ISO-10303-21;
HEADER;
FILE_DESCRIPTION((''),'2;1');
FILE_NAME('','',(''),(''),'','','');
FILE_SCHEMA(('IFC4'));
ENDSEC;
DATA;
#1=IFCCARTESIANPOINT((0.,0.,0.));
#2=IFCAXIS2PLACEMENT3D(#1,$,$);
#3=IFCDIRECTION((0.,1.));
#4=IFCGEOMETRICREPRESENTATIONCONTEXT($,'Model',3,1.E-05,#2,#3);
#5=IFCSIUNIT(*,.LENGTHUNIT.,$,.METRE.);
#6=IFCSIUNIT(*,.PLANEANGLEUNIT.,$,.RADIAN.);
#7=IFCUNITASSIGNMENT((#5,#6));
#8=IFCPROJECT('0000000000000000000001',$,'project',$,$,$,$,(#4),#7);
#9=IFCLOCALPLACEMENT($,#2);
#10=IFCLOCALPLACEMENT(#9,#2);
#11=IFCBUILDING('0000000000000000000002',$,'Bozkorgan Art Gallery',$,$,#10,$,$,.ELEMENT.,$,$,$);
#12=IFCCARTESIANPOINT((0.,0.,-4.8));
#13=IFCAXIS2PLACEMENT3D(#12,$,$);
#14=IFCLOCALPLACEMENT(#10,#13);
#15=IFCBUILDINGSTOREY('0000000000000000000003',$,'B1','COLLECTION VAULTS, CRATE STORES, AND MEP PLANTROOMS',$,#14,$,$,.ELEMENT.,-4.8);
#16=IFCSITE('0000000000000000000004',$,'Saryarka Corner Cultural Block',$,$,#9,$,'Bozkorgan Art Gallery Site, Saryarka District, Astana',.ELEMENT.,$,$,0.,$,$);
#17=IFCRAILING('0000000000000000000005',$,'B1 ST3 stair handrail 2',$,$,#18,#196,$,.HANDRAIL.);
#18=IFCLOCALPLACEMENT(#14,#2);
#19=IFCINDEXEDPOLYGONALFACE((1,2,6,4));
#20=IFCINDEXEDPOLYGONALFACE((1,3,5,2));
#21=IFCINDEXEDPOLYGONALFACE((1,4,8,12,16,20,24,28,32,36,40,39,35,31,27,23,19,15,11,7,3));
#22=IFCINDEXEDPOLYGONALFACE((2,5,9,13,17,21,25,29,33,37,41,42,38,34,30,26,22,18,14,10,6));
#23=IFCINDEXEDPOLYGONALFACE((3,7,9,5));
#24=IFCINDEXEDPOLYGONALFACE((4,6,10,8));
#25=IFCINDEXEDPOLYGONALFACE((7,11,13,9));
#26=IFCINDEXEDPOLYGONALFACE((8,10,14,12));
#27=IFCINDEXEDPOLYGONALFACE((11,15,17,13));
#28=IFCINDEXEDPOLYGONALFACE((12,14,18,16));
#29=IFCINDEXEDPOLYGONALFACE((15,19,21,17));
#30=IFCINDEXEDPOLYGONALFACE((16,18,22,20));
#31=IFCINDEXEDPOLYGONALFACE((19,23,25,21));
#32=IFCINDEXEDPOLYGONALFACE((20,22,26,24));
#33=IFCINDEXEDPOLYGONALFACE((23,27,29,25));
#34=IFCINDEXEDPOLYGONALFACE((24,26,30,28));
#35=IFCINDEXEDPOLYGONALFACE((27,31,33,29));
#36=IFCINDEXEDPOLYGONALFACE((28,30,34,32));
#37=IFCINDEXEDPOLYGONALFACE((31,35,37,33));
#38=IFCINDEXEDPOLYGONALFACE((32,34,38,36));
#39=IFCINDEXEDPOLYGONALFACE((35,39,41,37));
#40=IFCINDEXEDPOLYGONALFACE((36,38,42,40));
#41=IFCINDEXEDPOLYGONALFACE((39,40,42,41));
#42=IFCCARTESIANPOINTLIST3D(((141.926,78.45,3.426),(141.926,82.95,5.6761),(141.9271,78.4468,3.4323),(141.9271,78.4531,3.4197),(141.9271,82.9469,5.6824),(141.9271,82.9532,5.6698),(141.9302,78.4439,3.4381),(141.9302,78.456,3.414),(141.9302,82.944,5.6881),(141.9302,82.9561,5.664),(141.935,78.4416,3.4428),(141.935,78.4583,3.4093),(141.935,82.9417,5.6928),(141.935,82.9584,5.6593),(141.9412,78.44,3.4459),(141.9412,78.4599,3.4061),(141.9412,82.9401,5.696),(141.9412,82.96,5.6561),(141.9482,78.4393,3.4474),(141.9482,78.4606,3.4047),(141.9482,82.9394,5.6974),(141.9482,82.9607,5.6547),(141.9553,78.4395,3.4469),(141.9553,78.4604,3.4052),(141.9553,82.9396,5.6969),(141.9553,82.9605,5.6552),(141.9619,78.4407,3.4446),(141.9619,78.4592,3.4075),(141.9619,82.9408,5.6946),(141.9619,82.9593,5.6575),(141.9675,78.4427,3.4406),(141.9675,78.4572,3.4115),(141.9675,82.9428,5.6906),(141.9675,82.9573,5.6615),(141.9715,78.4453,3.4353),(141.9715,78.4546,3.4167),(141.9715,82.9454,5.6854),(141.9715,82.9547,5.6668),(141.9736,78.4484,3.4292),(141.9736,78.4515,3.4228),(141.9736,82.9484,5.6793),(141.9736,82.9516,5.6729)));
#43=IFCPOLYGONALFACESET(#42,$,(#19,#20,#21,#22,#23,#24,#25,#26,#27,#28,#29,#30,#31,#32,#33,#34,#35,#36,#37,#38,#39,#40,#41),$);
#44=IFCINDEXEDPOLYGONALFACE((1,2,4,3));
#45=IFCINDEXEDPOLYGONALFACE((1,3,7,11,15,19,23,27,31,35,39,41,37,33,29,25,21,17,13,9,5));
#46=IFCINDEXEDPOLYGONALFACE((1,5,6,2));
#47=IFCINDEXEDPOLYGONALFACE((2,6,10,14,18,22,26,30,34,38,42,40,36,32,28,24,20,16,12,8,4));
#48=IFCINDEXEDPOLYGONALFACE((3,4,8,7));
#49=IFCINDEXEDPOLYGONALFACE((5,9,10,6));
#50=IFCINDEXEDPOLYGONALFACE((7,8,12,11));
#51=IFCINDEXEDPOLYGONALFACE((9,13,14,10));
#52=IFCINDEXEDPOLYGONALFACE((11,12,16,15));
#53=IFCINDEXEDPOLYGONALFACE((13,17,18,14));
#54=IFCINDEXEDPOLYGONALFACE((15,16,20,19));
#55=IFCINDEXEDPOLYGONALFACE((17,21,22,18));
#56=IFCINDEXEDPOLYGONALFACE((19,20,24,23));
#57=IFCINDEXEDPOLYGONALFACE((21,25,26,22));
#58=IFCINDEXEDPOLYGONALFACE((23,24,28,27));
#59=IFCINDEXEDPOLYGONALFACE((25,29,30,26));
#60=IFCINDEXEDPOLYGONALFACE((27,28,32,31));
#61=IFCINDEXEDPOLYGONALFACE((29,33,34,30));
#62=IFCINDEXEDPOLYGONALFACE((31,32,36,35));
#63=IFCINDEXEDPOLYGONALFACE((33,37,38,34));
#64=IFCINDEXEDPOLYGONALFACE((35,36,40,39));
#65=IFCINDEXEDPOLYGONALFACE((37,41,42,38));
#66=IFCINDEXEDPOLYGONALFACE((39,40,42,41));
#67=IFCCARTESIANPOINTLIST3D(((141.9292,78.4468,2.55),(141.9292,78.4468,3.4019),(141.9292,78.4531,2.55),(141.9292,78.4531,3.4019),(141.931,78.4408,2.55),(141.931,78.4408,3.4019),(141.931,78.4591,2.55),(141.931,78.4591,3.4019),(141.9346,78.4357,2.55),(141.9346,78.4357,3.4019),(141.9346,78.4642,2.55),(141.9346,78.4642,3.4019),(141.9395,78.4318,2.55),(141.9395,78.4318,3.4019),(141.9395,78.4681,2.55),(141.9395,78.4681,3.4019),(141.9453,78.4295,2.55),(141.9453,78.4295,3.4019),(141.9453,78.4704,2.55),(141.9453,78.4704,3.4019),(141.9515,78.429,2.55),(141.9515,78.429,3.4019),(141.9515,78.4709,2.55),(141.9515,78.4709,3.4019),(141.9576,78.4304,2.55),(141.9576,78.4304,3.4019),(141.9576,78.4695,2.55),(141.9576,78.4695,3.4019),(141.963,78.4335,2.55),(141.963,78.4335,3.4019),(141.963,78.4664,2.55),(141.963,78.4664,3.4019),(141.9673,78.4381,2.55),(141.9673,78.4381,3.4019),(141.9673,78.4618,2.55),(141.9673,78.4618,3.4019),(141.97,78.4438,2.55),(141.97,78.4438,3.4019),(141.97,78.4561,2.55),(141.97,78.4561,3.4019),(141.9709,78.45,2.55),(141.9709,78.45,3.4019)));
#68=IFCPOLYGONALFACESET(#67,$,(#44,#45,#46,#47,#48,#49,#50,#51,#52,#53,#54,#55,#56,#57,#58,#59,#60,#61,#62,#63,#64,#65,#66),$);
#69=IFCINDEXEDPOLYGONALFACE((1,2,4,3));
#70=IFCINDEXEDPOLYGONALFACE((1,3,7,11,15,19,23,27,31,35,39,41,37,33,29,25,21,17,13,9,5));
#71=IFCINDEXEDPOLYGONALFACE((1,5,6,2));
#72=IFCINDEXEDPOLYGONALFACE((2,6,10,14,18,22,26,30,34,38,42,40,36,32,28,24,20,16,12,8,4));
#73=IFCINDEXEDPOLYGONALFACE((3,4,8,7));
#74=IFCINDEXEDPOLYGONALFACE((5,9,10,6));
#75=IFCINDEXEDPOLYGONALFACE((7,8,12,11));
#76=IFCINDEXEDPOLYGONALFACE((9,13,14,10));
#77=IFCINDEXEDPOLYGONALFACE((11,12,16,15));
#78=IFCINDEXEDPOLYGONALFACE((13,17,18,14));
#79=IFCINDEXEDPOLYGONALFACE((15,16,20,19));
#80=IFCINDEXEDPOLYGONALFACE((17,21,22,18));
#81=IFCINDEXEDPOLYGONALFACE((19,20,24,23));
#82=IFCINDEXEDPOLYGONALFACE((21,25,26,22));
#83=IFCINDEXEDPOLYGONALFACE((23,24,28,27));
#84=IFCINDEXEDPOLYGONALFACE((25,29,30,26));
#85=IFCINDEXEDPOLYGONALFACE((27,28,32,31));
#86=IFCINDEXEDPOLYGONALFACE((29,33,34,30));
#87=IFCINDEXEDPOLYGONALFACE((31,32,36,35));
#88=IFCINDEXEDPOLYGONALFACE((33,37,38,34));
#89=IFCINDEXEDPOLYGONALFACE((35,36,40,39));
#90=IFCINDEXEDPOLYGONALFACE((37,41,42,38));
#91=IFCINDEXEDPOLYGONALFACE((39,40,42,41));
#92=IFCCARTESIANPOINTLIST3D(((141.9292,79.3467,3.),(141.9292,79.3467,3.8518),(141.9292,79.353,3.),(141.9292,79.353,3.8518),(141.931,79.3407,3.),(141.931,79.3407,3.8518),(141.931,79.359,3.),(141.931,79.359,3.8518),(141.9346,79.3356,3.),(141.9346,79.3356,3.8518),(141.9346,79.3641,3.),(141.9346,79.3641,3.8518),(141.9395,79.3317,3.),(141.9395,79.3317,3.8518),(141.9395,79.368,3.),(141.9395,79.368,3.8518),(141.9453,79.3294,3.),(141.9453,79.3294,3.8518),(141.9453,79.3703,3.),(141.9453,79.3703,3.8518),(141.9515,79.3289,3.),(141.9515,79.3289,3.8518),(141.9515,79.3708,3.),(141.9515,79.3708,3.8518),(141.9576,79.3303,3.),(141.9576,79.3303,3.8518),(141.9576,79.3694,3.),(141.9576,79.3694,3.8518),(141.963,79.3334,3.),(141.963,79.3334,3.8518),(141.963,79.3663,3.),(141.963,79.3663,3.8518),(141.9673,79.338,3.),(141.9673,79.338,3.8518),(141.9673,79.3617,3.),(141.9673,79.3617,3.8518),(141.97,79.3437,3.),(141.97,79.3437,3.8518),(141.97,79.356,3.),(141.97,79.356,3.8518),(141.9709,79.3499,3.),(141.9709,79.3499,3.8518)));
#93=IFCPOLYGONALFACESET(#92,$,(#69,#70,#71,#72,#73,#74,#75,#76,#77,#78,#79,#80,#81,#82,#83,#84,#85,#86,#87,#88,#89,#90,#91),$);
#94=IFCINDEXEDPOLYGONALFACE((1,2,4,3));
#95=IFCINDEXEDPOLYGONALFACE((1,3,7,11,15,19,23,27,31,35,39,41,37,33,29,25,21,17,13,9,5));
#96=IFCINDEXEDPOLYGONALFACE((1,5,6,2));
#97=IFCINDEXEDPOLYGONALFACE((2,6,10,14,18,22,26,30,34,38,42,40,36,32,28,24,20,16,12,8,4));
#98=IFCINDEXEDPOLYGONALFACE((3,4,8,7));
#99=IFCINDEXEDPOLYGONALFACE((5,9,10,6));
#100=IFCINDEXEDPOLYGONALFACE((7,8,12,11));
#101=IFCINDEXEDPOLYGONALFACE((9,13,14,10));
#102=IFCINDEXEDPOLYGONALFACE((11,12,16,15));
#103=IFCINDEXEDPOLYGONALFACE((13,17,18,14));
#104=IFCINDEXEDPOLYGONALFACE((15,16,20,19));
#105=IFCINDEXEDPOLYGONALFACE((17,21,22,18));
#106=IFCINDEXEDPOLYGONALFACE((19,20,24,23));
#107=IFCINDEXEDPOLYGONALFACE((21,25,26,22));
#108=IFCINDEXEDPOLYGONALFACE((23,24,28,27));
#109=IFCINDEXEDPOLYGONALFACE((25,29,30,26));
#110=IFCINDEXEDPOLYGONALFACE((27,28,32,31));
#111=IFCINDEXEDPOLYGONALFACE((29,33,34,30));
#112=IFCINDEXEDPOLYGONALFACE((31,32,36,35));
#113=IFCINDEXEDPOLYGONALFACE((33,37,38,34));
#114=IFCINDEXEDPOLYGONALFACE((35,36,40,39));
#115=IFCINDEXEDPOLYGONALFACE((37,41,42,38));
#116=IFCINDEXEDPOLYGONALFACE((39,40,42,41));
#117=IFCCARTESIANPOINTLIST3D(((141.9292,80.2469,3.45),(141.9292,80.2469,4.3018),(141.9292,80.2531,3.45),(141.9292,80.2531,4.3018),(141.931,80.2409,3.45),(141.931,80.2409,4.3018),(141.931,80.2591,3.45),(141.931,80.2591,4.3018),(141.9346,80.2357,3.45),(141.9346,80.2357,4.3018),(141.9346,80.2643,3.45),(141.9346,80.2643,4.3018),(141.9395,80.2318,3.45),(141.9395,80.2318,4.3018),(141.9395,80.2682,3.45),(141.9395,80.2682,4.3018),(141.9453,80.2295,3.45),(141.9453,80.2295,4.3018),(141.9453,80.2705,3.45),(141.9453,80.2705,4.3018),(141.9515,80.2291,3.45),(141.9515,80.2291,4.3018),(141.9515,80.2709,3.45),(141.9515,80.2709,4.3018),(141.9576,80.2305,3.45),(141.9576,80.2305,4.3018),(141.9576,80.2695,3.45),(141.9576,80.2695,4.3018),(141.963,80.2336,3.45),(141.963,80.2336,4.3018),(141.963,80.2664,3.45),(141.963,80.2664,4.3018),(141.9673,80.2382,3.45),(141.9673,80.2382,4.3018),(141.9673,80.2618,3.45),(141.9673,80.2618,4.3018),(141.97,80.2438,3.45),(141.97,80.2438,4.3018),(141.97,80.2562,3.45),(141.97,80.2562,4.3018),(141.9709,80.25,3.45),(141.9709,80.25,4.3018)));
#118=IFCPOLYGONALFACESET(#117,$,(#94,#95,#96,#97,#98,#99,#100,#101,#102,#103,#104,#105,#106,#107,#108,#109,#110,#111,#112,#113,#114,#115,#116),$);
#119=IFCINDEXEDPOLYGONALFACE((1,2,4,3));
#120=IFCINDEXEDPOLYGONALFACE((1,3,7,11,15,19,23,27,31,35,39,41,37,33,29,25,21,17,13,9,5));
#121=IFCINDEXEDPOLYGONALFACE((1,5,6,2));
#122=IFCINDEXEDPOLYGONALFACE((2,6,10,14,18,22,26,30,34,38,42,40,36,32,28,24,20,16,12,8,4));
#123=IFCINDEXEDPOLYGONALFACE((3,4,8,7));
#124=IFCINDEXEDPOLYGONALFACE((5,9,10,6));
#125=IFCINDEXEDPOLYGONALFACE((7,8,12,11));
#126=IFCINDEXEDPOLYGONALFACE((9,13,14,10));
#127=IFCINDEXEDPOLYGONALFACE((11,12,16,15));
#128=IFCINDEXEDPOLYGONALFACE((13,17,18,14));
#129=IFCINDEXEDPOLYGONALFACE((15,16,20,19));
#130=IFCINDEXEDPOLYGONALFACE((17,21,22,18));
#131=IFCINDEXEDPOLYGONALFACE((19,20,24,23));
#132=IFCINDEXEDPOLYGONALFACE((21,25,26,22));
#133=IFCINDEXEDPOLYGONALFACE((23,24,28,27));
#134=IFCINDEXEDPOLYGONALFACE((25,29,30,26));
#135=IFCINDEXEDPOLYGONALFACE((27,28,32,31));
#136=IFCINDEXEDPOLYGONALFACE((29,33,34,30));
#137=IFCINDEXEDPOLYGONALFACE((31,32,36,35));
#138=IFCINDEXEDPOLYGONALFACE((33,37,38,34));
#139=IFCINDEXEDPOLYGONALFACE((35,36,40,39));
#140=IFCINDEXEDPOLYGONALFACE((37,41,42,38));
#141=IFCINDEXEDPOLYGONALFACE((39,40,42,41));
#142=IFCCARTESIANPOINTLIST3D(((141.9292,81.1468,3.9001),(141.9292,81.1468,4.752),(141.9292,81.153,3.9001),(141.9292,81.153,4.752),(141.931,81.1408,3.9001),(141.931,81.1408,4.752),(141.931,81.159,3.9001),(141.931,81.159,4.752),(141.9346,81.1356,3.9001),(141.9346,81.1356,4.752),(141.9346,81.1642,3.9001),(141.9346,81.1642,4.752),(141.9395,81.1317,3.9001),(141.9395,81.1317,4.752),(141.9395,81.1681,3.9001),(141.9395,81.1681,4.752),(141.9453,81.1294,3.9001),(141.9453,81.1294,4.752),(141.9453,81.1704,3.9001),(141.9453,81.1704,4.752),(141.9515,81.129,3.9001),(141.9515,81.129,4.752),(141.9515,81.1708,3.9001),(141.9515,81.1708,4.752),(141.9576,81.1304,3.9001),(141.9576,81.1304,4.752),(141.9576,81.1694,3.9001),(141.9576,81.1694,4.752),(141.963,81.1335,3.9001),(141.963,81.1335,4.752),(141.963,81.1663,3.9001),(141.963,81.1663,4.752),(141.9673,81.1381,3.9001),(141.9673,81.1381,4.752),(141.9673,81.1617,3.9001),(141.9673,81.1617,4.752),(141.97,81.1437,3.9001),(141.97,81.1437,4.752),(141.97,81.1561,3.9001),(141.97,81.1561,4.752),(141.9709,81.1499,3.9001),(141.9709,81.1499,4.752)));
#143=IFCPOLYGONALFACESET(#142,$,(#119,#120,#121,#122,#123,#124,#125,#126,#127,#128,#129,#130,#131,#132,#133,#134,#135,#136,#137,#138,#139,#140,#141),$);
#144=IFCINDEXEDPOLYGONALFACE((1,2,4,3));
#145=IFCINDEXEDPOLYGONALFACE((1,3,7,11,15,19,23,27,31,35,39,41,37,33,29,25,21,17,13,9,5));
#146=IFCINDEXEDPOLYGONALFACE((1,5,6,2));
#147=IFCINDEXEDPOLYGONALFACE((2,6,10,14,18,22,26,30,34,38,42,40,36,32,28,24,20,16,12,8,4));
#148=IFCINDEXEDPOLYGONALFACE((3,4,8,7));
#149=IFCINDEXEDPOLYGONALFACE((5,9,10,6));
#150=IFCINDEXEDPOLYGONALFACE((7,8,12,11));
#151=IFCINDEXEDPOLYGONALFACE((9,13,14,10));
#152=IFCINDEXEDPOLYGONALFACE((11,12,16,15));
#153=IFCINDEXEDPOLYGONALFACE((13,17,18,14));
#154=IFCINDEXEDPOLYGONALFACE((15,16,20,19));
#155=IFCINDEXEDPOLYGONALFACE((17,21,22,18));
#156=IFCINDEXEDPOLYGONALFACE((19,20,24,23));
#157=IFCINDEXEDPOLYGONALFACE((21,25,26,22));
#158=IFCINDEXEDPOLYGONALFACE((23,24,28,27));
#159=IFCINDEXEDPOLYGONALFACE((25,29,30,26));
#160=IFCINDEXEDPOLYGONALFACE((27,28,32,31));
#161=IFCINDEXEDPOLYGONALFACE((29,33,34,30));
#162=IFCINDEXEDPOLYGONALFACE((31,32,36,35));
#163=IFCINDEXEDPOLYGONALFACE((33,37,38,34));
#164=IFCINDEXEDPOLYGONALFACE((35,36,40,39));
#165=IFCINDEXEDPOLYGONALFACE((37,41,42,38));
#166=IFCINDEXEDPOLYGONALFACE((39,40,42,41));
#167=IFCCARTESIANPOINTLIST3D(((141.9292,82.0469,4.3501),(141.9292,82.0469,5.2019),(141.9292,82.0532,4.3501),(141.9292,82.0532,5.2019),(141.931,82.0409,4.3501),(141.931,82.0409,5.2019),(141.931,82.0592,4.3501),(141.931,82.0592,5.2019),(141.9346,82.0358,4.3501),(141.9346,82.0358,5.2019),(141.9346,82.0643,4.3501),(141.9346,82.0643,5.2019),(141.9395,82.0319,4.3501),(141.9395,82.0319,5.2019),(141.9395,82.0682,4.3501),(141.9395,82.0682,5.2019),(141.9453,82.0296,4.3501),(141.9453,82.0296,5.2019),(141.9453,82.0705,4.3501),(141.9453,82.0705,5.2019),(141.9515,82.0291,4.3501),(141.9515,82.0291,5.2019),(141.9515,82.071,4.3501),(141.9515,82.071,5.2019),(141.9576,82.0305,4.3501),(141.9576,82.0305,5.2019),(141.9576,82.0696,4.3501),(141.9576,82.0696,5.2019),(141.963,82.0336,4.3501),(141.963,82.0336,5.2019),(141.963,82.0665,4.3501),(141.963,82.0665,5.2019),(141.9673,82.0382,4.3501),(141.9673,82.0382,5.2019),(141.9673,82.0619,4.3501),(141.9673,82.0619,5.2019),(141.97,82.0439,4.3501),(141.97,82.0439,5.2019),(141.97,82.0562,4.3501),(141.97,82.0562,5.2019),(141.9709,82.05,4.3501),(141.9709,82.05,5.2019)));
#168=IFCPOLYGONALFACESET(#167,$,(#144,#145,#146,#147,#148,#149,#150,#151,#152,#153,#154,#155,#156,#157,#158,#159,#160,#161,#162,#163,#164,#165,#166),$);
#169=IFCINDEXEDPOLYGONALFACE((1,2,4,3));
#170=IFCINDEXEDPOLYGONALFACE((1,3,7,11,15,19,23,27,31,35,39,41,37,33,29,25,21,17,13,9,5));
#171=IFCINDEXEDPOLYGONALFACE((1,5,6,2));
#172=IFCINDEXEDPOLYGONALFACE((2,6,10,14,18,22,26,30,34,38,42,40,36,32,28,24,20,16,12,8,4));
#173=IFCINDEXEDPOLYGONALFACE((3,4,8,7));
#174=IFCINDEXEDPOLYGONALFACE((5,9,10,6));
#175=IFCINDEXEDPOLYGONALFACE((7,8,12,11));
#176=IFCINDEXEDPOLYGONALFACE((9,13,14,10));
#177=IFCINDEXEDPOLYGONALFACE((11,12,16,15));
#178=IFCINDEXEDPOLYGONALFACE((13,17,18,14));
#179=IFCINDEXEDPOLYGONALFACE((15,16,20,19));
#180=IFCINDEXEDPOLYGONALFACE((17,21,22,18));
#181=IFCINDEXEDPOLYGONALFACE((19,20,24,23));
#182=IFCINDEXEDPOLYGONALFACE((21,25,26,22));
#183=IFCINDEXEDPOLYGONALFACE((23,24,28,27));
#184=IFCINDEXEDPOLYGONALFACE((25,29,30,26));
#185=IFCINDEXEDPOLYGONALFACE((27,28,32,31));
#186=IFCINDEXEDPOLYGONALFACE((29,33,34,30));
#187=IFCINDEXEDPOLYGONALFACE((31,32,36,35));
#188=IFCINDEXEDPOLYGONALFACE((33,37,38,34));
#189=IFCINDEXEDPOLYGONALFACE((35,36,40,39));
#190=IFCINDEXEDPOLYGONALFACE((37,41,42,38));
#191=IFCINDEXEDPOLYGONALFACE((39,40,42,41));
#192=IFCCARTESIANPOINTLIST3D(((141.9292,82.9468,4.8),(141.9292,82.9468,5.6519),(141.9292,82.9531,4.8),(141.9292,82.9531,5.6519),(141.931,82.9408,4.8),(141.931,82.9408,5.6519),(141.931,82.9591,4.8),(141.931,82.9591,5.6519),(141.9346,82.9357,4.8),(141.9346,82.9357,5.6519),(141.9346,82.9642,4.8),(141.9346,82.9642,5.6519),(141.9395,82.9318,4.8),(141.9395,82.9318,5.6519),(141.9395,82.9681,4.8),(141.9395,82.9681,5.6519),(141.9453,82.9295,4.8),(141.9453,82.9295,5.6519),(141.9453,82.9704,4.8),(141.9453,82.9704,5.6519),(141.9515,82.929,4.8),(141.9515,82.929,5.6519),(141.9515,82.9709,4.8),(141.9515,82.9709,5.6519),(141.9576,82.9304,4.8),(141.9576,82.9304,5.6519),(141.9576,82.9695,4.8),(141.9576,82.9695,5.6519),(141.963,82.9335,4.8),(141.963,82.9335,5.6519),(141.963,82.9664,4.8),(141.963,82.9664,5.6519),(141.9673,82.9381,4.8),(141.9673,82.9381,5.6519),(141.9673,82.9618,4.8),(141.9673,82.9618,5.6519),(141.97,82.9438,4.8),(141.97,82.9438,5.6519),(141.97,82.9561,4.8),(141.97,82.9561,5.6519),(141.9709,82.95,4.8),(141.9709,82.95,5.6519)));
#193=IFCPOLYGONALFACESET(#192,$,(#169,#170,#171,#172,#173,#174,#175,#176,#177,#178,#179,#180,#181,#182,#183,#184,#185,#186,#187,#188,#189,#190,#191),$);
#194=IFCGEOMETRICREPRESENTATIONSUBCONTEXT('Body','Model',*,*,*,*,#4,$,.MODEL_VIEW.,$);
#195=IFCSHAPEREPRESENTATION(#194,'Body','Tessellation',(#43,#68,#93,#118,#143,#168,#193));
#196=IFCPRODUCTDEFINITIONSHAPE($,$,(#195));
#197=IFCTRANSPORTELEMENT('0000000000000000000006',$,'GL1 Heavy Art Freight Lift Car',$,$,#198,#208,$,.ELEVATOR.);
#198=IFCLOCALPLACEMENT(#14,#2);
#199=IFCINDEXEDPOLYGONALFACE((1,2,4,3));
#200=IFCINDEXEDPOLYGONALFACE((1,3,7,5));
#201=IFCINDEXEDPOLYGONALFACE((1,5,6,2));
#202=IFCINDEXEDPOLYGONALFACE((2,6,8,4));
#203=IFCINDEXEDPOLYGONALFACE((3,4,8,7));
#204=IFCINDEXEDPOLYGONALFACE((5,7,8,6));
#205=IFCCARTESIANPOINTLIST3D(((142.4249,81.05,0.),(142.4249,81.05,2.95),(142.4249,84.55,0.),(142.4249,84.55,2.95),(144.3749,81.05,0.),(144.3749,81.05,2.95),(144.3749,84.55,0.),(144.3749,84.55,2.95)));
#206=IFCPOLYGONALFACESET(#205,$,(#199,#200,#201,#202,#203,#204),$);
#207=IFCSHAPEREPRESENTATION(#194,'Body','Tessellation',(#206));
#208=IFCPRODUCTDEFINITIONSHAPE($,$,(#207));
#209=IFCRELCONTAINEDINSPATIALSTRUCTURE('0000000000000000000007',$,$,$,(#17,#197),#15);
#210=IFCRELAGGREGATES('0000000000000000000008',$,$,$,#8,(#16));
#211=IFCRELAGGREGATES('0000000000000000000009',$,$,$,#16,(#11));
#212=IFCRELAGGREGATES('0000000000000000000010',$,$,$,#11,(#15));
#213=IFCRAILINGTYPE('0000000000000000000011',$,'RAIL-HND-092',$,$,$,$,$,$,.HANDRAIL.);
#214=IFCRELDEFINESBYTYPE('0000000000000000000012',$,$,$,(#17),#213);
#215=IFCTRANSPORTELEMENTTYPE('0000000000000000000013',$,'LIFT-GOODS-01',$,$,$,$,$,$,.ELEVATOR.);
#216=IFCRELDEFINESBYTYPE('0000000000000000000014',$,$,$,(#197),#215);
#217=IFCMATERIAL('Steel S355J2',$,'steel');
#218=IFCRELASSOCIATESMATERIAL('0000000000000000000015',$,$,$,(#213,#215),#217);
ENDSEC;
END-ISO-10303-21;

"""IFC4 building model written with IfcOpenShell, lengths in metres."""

from ifc_helpers import new_model, si_unit, direction, frame, origin, origin_2d, place, context, subcontext, project, spatial, rectangle, circle, extrude, material, type_object, element, save


model = new_model("IFC4")

# Units and contexts
model_context = context("Model", 3, precision=1e-05, world=origin(), true_north=direction((0.0, 1.0)))
body_context = subcontext(model_context, "Body", "Model", "MODEL_VIEW")
ifc_project = project(units=[si_unit("LENGTHUNIT", "METRE"), si_unit("PLANEANGLEUNIT", "RADIAN")], contexts=[model_context])

# Site, building, storey
site_placement = place(None, origin())
site = spatial("IfcSite", under=ifc_project, at=site_placement, Name="Saryarka Corner Cultural Block", LongName="Bozkorgan Art Gallery Site, Saryarka District, Astana", CompositionType="ELEMENT", RefElevation=0.0)
building_placement = place(site_placement, origin())
building = spatial("IfcBuilding", under=site, at=building_placement, Name="Bozkorgan Art Gallery", CompositionType="ELEMENT")
storey_placement = place(building_placement, frame((0.0, 0.0, -4.8)))
storey = spatial("IfcBuildingStorey", under=building, at=storey_placement, Name="B1", Description="COLLECTION VAULTS, CRATE STORES, AND MEP PLANTROOMS", CompositionType="ELEMENT", Elevation=-4.8)

# Shared definitions
ifc_material_1 = material(Name="Steel S355J2", Category="steel")

# Railing
railing_type_1 = type_object("IfcRailingType", Name="RAIL-HND-092", PredefinedType="HANDRAIL", material=ifc_material_1)
railing_1_placement = place(storey_placement, frame((141.95, 78.45, 2.55)))
element("IfcRailing", 1, at=railing_1_placement, inside=storey, type_object=railing_type_1, Name="B1 ST3 stair handrail 2", PredefinedType="HANDRAIL", context=body_context, shape_type="SweptSolid", body=[
    extrude(circle(Radius=0.0239, at=origin_2d()), frame((0.0, 0.0, 0.876), z_axis=(0.0, 0.894427, 0.447214), x_axis=(-1.0, 0.0, 0.0)), (0.0, 0.0, 1.0), 5.0312),
    extrude(circle(Radius=0.021, at=origin_2d()), origin(), (0.0, 0.0, 1.0), 0.8518),
    extrude(circle(Radius=0.021, at=origin_2d()), frame((0.0, 0.8999, 0.45)), (0.0, 0.0, 1.0), 0.8518),
    extrude(circle(Radius=0.021, at=origin_2d()), frame((0.0, 1.8, 0.8999)), (0.0, 0.0, 1.0), 0.8518),
    extrude(circle(Radius=0.021, at=origin_2d()), frame((0.0, 2.7, 1.3501)), (0.0, 0.0, 1.0), 0.8518),
    extrude(circle(Radius=0.021, at=origin_2d()), frame((0.0, 3.6001, 1.8)), (0.0, 0.0, 1.0), 0.8518),
    extrude(circle(Radius=0.021, at=origin_2d()), frame((0.0, 4.5, 2.25)), (0.0, 0.0, 1.0), 0.8518),
])

# Transport element
transport_element_type = type_object("IfcTransportElementType", Name="LIFT-GOODS-01", PredefinedType="ELEVATOR", material=ifc_material_1)
transport_element_placement = place(storey_placement, frame((143.3999, 82.8, 0.0), z_axis=(0.0, 0.0, 1.0), x_axis=(1.0, 0.0, 0.0)))
element("IfcTransportElement", 2, at=transport_element_placement, inside=storey, type_object=transport_element_type, Name="GL1 Heavy Art Freight Lift Car", PredefinedType="ELEVATOR", context=body_context, shape_type="SweptSolid", body=[
    extrude(rectangle(XDim=1.95, YDim=3.5, at=origin_2d()), origin(), (0.0, 0.0, 1.0), 2.95),
])

save(model, "model.ifc")
